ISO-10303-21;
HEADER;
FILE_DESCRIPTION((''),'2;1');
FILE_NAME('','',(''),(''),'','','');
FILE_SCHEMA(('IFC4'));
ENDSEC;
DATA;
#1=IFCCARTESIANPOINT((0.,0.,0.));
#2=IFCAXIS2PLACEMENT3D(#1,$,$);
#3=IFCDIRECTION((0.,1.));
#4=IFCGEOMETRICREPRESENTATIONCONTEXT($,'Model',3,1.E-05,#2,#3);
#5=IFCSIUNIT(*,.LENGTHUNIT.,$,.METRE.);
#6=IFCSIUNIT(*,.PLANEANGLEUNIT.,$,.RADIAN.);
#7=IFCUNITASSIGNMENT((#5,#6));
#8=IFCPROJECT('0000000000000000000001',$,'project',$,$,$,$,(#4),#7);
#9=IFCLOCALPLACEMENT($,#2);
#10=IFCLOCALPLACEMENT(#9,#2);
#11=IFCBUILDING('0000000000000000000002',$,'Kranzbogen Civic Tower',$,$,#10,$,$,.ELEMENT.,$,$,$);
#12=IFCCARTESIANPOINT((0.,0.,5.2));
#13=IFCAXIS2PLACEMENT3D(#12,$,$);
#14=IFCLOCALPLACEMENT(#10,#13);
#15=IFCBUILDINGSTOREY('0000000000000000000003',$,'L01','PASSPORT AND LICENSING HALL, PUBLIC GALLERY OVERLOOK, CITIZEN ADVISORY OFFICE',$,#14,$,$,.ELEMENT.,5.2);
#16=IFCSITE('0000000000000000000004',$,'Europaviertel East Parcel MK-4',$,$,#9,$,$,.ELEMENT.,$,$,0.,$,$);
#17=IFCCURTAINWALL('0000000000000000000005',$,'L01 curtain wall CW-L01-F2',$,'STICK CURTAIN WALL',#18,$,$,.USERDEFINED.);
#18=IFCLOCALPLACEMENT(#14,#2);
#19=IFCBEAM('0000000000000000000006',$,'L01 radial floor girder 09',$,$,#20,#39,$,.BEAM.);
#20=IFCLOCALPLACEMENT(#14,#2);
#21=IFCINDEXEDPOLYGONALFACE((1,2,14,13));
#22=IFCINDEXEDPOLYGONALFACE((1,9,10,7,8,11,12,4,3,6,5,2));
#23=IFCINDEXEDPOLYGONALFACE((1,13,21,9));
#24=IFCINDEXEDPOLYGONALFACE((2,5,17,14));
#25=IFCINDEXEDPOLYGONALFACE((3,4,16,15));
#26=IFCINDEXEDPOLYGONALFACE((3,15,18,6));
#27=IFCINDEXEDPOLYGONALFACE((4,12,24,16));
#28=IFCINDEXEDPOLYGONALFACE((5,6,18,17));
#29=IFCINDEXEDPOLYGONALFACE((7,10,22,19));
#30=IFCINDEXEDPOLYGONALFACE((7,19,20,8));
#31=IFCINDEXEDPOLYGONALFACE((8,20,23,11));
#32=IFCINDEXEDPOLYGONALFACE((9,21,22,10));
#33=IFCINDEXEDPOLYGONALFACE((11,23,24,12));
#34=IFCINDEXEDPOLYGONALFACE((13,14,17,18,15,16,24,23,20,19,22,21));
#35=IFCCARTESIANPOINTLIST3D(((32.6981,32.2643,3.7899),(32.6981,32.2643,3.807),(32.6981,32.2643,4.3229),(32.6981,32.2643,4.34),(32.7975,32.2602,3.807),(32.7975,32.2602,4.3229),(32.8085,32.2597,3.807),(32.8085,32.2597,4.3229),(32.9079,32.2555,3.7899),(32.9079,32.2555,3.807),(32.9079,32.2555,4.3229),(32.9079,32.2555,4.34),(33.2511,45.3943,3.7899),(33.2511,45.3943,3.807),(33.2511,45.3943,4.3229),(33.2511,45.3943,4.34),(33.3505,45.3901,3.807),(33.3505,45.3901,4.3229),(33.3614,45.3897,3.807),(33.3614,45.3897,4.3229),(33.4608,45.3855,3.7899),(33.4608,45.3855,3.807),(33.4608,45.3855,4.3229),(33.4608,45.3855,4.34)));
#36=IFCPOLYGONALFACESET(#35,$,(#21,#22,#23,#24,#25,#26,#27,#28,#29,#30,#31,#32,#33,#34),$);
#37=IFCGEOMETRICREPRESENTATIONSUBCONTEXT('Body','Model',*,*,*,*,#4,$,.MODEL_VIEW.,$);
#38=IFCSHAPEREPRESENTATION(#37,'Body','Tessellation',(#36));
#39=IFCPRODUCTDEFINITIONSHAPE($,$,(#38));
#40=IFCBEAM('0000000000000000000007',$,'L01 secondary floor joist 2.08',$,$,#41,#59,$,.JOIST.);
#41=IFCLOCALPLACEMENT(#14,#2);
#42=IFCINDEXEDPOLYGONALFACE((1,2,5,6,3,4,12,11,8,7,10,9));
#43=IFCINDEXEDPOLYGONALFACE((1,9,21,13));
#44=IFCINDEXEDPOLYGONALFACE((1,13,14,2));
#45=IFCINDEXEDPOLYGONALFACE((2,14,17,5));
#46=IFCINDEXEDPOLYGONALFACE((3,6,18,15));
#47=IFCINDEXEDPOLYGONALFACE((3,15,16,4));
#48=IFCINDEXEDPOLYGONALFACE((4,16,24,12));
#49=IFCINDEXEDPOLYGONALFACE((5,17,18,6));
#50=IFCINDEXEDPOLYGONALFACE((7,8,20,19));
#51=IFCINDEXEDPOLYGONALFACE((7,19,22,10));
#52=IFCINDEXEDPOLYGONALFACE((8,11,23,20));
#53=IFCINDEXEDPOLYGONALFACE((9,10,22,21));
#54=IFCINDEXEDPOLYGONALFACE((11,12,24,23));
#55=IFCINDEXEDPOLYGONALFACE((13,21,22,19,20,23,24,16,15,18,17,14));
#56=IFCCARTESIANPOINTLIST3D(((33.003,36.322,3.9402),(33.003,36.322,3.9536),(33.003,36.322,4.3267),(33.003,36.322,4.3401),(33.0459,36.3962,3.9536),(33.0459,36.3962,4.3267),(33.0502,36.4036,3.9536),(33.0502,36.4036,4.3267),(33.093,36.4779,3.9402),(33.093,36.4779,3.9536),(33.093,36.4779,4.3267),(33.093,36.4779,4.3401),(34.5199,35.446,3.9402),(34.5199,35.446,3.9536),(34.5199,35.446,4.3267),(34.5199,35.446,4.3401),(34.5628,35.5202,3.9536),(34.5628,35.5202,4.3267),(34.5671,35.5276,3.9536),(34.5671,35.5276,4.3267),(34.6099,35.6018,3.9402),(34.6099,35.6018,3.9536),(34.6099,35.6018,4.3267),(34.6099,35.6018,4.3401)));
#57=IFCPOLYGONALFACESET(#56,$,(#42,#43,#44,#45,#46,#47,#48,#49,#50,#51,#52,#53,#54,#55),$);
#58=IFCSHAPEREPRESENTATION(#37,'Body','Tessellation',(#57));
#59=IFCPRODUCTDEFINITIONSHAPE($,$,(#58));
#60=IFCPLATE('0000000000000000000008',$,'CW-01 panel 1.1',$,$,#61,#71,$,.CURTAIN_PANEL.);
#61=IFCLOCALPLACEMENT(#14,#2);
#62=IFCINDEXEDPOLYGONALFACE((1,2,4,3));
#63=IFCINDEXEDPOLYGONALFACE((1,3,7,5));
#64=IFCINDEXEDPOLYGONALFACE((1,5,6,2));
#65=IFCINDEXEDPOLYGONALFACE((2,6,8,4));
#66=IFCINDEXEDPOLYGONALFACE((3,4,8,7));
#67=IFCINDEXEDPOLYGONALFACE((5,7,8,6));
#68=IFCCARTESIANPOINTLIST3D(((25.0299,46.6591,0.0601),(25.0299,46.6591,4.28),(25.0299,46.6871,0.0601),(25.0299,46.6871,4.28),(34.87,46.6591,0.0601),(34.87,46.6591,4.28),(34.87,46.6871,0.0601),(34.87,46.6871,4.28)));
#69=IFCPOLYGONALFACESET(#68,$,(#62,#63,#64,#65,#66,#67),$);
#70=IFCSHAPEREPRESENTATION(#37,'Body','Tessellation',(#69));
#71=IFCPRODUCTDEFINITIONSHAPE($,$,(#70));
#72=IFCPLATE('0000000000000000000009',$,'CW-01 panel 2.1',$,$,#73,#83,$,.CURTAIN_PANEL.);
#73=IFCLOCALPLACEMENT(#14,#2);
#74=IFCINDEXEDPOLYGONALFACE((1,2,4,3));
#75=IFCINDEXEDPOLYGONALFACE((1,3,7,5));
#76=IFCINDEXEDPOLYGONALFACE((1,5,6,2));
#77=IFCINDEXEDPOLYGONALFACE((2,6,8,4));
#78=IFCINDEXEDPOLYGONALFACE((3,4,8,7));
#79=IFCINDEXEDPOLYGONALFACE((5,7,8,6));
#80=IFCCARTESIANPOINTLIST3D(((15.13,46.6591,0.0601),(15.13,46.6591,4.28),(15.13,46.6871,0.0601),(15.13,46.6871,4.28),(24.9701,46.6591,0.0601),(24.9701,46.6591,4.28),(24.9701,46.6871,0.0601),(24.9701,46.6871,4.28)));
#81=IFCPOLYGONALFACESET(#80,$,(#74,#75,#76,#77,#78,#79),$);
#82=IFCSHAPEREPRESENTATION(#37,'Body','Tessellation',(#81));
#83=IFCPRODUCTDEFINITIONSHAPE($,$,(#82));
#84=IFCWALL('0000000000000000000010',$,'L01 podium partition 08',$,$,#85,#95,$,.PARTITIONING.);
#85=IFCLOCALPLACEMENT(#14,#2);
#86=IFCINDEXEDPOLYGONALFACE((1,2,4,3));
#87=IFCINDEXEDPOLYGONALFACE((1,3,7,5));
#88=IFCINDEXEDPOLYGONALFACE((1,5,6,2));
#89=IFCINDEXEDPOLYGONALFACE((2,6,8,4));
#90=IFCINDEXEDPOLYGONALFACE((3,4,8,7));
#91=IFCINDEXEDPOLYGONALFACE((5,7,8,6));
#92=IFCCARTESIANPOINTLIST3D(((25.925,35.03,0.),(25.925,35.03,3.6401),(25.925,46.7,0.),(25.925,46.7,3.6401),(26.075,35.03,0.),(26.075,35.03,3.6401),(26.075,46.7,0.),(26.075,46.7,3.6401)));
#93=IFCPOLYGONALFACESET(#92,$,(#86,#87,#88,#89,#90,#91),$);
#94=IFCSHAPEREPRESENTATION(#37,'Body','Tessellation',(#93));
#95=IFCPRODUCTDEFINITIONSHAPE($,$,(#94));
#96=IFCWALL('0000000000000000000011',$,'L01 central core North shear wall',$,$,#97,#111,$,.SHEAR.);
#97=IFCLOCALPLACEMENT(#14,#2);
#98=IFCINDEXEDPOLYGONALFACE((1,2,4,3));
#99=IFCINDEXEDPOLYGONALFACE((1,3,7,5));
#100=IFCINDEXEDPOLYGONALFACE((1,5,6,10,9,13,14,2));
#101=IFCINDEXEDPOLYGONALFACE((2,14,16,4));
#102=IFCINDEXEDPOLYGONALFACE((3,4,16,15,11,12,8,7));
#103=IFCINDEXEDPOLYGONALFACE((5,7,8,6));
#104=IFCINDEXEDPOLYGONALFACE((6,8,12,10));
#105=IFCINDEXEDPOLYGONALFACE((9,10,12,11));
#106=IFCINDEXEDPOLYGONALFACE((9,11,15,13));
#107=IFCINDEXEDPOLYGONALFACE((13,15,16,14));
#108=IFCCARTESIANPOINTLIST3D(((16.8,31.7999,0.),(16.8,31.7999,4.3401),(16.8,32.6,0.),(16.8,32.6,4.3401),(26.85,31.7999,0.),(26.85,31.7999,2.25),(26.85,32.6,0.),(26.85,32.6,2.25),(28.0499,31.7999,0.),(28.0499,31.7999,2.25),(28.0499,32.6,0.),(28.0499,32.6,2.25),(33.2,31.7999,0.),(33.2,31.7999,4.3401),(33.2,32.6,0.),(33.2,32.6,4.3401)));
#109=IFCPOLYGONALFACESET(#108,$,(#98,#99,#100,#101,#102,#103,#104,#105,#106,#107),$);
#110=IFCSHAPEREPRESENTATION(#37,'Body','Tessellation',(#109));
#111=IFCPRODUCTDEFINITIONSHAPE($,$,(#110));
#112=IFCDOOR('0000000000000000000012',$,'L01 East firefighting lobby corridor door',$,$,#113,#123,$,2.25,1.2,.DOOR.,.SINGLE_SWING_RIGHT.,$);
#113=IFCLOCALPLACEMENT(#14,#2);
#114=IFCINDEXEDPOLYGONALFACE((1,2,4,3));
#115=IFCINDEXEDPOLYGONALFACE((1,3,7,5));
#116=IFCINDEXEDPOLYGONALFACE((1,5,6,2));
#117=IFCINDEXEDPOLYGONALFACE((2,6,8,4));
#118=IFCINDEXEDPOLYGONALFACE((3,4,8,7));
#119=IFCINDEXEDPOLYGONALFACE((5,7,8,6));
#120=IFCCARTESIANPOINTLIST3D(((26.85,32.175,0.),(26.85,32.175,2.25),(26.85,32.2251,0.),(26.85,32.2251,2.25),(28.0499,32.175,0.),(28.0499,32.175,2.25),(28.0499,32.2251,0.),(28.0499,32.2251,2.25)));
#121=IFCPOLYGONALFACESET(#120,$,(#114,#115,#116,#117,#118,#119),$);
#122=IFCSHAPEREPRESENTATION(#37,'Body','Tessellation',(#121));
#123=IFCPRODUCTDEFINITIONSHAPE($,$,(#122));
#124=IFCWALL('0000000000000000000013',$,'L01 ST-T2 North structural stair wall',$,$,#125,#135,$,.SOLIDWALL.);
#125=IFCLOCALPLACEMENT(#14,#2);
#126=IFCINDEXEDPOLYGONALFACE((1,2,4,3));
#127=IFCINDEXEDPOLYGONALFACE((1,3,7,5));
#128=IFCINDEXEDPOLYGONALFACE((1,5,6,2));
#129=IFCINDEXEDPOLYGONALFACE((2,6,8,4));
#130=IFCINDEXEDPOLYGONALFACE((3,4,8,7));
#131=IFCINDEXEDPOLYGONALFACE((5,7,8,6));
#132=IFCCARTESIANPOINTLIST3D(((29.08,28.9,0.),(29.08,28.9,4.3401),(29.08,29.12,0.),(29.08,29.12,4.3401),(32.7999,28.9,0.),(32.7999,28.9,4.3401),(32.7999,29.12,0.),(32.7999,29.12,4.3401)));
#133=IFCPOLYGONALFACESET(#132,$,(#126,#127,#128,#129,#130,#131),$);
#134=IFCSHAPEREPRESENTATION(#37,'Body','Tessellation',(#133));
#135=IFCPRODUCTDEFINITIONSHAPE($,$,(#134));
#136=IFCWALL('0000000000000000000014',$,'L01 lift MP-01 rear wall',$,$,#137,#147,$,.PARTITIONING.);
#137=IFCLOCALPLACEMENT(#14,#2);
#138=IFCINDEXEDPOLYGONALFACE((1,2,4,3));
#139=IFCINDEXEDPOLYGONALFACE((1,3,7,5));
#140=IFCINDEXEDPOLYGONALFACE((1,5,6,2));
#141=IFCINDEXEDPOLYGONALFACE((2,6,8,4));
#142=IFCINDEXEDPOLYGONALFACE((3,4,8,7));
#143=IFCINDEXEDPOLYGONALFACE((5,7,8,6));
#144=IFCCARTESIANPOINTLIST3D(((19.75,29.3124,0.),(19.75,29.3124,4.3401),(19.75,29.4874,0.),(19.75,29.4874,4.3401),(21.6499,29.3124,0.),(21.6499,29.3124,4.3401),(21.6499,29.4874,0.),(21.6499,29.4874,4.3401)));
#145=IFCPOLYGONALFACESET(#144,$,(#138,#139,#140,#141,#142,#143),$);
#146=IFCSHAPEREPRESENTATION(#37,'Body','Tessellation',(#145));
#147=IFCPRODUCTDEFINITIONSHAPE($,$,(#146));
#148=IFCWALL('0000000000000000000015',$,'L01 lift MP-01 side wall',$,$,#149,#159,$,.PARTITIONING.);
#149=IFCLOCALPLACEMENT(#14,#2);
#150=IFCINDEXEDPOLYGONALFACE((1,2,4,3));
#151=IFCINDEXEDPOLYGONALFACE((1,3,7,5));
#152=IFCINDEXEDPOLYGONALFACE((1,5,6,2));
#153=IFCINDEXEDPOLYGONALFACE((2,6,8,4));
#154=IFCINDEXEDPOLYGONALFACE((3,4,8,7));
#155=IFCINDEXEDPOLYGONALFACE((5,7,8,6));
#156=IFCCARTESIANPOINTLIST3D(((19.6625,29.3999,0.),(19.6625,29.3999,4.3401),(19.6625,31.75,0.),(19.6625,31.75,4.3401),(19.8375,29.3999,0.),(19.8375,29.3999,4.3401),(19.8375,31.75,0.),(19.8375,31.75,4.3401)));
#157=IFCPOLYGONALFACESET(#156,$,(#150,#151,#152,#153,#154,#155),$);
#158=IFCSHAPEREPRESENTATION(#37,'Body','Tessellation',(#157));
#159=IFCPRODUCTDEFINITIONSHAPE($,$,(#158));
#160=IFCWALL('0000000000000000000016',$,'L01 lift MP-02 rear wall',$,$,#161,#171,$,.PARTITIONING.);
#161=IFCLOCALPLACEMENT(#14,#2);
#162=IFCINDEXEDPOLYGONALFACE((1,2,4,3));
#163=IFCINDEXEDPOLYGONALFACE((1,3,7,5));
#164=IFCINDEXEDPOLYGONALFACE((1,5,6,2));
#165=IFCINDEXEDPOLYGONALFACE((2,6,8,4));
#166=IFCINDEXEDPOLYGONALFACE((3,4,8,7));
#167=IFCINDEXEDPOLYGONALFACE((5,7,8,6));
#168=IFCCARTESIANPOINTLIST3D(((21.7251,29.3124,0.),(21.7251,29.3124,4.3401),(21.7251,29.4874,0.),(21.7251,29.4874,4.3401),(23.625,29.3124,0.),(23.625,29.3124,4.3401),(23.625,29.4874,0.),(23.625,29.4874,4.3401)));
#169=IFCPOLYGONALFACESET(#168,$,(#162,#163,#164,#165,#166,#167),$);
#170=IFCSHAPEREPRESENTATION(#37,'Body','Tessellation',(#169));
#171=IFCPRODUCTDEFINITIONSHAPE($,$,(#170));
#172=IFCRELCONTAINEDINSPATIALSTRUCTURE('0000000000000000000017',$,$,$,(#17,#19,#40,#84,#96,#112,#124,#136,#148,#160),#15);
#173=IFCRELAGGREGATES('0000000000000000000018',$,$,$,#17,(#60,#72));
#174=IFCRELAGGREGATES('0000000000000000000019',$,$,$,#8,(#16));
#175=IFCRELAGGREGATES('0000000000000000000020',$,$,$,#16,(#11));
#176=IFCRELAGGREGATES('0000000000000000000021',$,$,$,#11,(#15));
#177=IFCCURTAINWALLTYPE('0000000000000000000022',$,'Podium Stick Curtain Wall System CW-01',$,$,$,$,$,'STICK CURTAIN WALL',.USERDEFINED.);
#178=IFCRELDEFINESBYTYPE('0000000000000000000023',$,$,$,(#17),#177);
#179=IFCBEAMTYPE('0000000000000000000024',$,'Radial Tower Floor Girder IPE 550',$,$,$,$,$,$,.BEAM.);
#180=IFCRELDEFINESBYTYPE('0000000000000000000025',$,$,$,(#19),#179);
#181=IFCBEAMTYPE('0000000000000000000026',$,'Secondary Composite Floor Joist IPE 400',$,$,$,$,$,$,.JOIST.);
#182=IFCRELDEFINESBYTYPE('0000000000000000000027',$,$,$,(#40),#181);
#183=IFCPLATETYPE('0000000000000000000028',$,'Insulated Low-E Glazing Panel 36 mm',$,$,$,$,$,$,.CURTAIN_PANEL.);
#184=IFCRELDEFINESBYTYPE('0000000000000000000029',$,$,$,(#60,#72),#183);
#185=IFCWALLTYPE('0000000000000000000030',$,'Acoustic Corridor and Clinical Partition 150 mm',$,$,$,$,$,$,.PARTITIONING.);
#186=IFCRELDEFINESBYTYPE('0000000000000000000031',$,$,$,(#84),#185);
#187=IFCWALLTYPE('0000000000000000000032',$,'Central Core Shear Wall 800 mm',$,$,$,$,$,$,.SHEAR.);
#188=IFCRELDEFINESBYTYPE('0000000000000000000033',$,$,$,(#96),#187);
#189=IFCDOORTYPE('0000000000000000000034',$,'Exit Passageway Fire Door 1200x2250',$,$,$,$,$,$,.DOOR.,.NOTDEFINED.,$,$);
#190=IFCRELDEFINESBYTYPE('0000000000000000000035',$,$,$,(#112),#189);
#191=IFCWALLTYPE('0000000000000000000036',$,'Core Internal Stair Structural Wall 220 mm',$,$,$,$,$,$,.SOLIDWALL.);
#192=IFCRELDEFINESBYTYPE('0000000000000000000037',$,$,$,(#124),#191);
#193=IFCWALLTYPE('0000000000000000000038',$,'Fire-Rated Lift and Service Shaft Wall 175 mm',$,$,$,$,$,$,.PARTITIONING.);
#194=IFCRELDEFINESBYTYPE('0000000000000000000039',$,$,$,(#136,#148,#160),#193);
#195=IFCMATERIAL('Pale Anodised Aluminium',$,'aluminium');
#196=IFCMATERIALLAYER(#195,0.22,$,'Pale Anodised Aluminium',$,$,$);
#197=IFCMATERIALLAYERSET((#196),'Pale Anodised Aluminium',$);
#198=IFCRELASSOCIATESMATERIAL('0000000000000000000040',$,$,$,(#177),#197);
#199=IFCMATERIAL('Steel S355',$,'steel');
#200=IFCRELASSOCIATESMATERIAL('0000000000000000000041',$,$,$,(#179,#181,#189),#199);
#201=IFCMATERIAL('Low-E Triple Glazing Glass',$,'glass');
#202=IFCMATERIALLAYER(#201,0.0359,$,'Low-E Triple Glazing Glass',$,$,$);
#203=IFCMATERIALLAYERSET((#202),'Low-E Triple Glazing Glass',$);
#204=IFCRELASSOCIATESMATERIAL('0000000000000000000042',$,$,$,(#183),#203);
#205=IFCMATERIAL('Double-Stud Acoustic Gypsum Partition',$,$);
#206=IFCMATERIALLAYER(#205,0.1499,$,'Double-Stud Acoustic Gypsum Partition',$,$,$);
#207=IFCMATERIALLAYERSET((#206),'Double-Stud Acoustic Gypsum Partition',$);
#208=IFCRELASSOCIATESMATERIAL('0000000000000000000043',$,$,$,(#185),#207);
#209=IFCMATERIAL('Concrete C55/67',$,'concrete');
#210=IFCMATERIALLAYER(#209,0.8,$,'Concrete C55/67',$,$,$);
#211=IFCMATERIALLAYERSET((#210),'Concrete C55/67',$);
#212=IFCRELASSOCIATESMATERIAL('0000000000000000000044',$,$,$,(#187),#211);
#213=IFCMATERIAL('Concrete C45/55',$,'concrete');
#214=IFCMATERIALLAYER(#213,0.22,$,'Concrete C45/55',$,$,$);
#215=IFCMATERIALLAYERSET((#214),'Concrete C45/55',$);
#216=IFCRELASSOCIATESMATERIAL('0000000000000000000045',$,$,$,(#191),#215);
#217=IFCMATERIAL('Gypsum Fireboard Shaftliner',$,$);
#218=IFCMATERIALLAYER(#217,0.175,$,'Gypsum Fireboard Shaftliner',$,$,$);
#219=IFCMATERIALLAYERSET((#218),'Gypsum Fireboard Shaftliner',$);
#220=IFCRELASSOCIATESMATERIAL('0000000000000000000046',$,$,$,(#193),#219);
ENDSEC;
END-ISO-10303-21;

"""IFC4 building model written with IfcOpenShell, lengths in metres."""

from ifc_helpers import new_model, si_unit, direction, frame, frame_2d, origin, origin_2d, place, context, subcontext, project, spatial, rectangle, i_section, extrude, material, layer, layer_set, material_profile, profile_set, type_object, element, fill, aggregate, save


model = new_model("IFC4")

# Units and contexts
model_context = context("Model", 3, precision=1e-05, world=origin(), true_north=direction((0.0, 1.0)))
body_context = subcontext(model_context, "Body", "Model", "MODEL_VIEW")
ifc_project = project(units=[si_unit("LENGTHUNIT", "METRE"), si_unit("PLANEANGLEUNIT", "RADIAN")], contexts=[model_context])

# Site, building, storey
site_placement = place(None, origin())
site = spatial("IfcSite", under=ifc_project, at=site_placement, Name="Europaviertel East Parcel MK-4", CompositionType="ELEMENT", RefElevation=0.0)
building_placement = place(site_placement, origin())
building = spatial("IfcBuilding", under=site, at=building_placement, Name="Kranzbogen Civic Tower", CompositionType="ELEMENT")
storey_placement = place(building_placement, frame((0.0, 0.0, 5.2)))
storey = spatial("IfcBuildingStorey", under=building, at=storey_placement, Name="L01", Description="PASSPORT AND LICENSING HALL, PUBLIC GALLERY OVERLOOK, CITIZEN ADVISORY OFFICE", CompositionType="ELEMENT", Elevation=5.2)

# Shared definitions
ifc_material_1 = material(Name="Concrete C45/55", Category="concrete")

# Shared definitions
ifc_material_2 = material(Name="Pale Anodised Aluminium", Category="aluminium")

# Curtain wall
ifc_layer_1 = layer(ifc_material_2, 0.22, Name="Pale Anodised Aluminium")
ifc_layer_set_1 = layer_set([ifc_layer_1], Name="Pale Anodised Aluminium")
curtain_wall_type_1 = type_object("IfcCurtainWallType", Name="Podium Stick Curtain Wall System CW-01", ElementType="STICK CURTAIN WALL", PredefinedType="USERDEFINED", material=ifc_layer_set_1)
curtain_wall_1_placement = place(storey_placement, origin())
curtain_wall_1 = element("IfcCurtainWall", 1, at=curtain_wall_1_placement, inside=storey, type_object=curtain_wall_type_1, Name="L01 curtain wall CW-L01-F2", ObjectType="STICK CURTAIN WALL", PredefinedType="USERDEFINED")

# Beams
ifc_material_3 = material(Name="Steel S355", Category="steel")
ifc_material_profile_1 = material_profile(ifc_material_3, i_section(OverallWidth=0.21, OverallDepth=0.55, WebThickness=0.011, FlangeThickness=0.0171, at=origin_2d()), Name="IPE 550")
ifc_profile_set_1 = profile_set([ifc_material_profile_1], Name="Steel S355")
beam_type_1 = type_object("IfcBeamType", Name="Radial Tower Floor Girder IPE 550", PredefinedType="BEAM", material=ifc_profile_set_1)
beam_1_placement = place(storey_placement, frame((33.356, 45.3899, 4.0649), z_axis=(-0.042079, -0.999114, 0.0), x_axis=(0.999114, -0.042079, 0.0)))
element("IfcBeam", 2, at=beam_1_placement, inside=storey, type_object=beam_type_1, Name="L01 radial floor girder 09", PredefinedType="BEAM", context=body_context, shape_type="SweptSolid", body=[
    extrude(i_section(OverallWidth=0.21, OverallDepth=0.55, WebThickness=0.011, FlangeThickness=0.0171, at=origin_2d()), origin(), (0.0, 0.0, 1.0), 13.1416),
])
ifc_material_profile_2 = material_profile(ifc_material_3, i_section(OverallWidth=0.1799, OverallDepth=0.3999, WebThickness=0.0085, FlangeThickness=0.0134, at=origin_2d()), Name="IPE 400")
ifc_profile_set_2 = profile_set([ifc_material_profile_2], Name="Steel S355")
beam_type_2 = type_object("IfcBeamType", Name="Secondary Composite Floor Joist IPE 400", PredefinedType="JOIST", material=ifc_profile_set_2)
beam_2_placement = place(storey_placement, frame((34.5649, 35.5239, 4.1401), z_axis=(-0.86597, 0.500096, 0.0), x_axis=(-0.500096, -0.86597, 0.0)))
element("IfcBeam", 3, at=beam_2_placement, inside=storey, type_object=beam_type_2, Name="L01 secondary floor joist 2.08", PredefinedType="JOIST", context=body_context, shape_type="SweptSolid", body=[
    extrude(i_section(OverallWidth=0.1799, OverallDepth=0.3999, WebThickness=0.0085, FlangeThickness=0.0134, at=origin_2d()), origin(), (0.0, 0.0, 1.0), 1.7517),
])

# Plates
ifc_material_4 = material(Name="Low-E Triple Glazing Glass", Category="glass")
ifc_layer_2 = layer(ifc_material_4, 0.0359, Name="Low-E Triple Glazing Glass")
ifc_layer_set_2 = layer_set([ifc_layer_2], Name="Low-E Triple Glazing Glass")
plate_type = type_object("IfcPlateType", Name="Insulated Low-E Glazing Panel 36 mm", PredefinedType="CURTAIN_PANEL", material=ifc_layer_set_2)
plate_1_placement = place(storey_placement, frame((29.95, 46.6731, 0.0601), z_axis=(0.0, 0.0, 1.0), x_axis=(-1.0, 0.0, 0.0)))
plate_1 = element("IfcPlate", 4, at=plate_1_placement, type_object=plate_type, Name="CW-01 panel 1.1", PredefinedType="CURTAIN_PANEL", context=body_context, shape_type="SweptSolid", body=[
    extrude(rectangle(XDim=9.8401, YDim=0.0281, at=origin_2d()), origin(), (0.0, 0.0, 1.0), 4.22),
])
plate_2_placement = place(storey_placement, frame((20.05, 46.6731, 0.0601), z_axis=(0.0, 0.0, 1.0), x_axis=(-1.0, 0.0, 0.0)))
plate_2 = element("IfcPlate", 5, at=plate_2_placement, type_object=plate_type, Name="CW-01 panel 2.1", PredefinedType="CURTAIN_PANEL", context=body_context, shape_type="SweptSolid", body=[
    extrude(rectangle(XDim=9.8401, YDim=0.0281, at=origin_2d()), origin(), (0.0, 0.0, 1.0), 4.22),
])
aggregate(curtain_wall_1, [plate_1, plate_2])

# Wall
ifc_material_5 = material(Name="Double-Stud Acoustic Gypsum Partition")
ifc_layer_3 = layer(ifc_material_5, 0.1499, Name="Double-Stud Acoustic Gypsum Partition")
ifc_layer_set_3 = layer_set([ifc_layer_3], Name="Double-Stud Acoustic Gypsum Partition")
wall_type_1 = type_object("IfcWallType", Name="Acoustic Corridor and Clinical Partition 150 mm", PredefinedType="PARTITIONING", material=ifc_layer_set_3)
wall_1_placement = place(storey_placement, frame((26.0, 35.03, 0.0), z_axis=(0.0, 0.0, 1.0), x_axis=(0.0, 1.0, 0.0)))
element("IfcWall", 6, at=wall_1_placement, inside=storey, type_object=wall_type_1, Name="L01 podium partition 08", PredefinedType="PARTITIONING", context=body_context, shape_type="SweptSolid", body=[
    extrude(rectangle(XDim=11.6699, YDim=0.1499, at=frame_2d((5.835, 0.0))), origin(), (0.0, 0.0, 1.0), 3.6401),
])

# Wall, opening, door
ifc_material_6 = material(Name="Concrete C55/67", Category="concrete")
ifc_layer_4 = layer(ifc_material_6, 0.8, Name="Concrete C55/67")
ifc_layer_set_4 = layer_set([ifc_layer_4], Name="Concrete C55/67")
wall_type_2 = type_object("IfcWallType", Name="Central Core Shear Wall 800 mm", PredefinedType="SHEAR", material=ifc_layer_set_4)
wall_2_placement = place(storey_placement, frame((33.2, 32.2, 0.0), z_axis=(0.0, 0.0, 1.0), x_axis=(-1.0, 0.0, 0.0)))
wall_2 = element("IfcWall", 7, at=wall_2_placement, inside=storey, type_object=wall_type_2, Name="L01 central core North shear wall", PredefinedType="SHEAR", context=body_context, shape_type="SweptSolid", body=[
    extrude(rectangle(XDim=16.3999, YDim=0.8, at=frame_2d((8.2, 0.0))), origin(), (0.0, 0.0, 1.0), 4.3401),
])
opening_1_placement = place(wall_2_placement, frame((5.1499, 0.0, 0.0)))
opening_1 = element("IfcOpeningElement", 8, at=opening_1_placement, cuts=wall_2, PredefinedType="OPENING", context=body_context, shape_type="SweptSolid", body=[
    extrude(rectangle(XDim=1.2, YDim=2.25, at=frame_2d((0.6001, 1.125))), frame((0.0, 0.4102, 0.0), z_axis=(0.0, -1.0, 0.0), x_axis=(1.0, 0.0, 0.0)), (0.0, 0.0, 1.0), 0.8201),
])
door_type_1 = type_object("IfcDoorType", Name="Exit Passageway Fire Door 1200x2250", OperationType="NOTDEFINED", PredefinedType="DOOR", material=ifc_material_3)
door_1_placement = place(opening_1_placement, origin())
door_1 = element("IfcDoor", 9, at=door_1_placement, inside=storey, type_object=door_type_1, Name="L01 East firefighting lobby corridor door", OperationType="SINGLE_SWING_RIGHT", OverallHeight=2.25, OverallWidth=1.2, PredefinedType="DOOR", context=body_context, shape_type="SweptSolid", body=[
    extrude(rectangle(XDim=1.2, YDim=2.25, at=frame_2d((0.6001, 1.125))), frame((0.0, 0.0249, 0.0), z_axis=(0.0, -1.0, 0.0), x_axis=(1.0, 0.0, 0.0)), (0.0, 0.0, 1.0), 0.05),
])
fill(opening_1, door_1)

# Walls
ifc_layer_5 = layer(ifc_material_1, 0.22, Name="Concrete C45/55")
ifc_layer_set_5 = layer_set([ifc_layer_5], Name="Concrete C45/55")
wall_type_3 = type_object("IfcWallType", Name="Core Internal Stair Structural Wall 220 mm", PredefinedType="SOLIDWALL", material=ifc_layer_set_5)
wall_3_placement = place(storey_placement, frame((29.0801, 29.01, 0.0), z_axis=(0.0, 0.0, 1.0), x_axis=(1.0, 0.0, 0.0)))
element("IfcWall", 10, at=wall_3_placement, inside=storey, type_object=wall_type_3, Name="L01 ST-T2 North structural stair wall", PredefinedType="SOLIDWALL", context=body_context, shape_type="SweptSolid", body=[
    extrude(rectangle(XDim=3.72, YDim=0.22, at=frame_2d((1.8599, 0.0))), origin(), (0.0, 0.0, 1.0), 4.3401),
])
ifc_material_7 = material(Name="Gypsum Fireboard Shaftliner")
ifc_layer_6 = layer(ifc_material_7, 0.175, Name="Gypsum Fireboard Shaftliner")
ifc_layer_set_6 = layer_set([ifc_layer_6], Name="Gypsum Fireboard Shaftliner")
wall_type_4 = type_object("IfcWallType", Name="Fire-Rated Lift and Service Shaft Wall 175 mm", PredefinedType="PARTITIONING", material=ifc_layer_set_6)
wall_4_placement = place(storey_placement, frame((19.75, 29.3999, 0.0), z_axis=(0.0, 0.0, 1.0), x_axis=(1.0, 0.0, 0.0)))
element("IfcWall", 11, at=wall_4_placement, inside=storey, type_object=wall_type_4, Name="L01 lift MP-01 rear wall", PredefinedType="PARTITIONING", context=body_context, shape_type="SweptSolid", body=[
    extrude(rectangle(XDim=1.8999, YDim=0.175, at=frame_2d((0.95, 0.0))), origin(), (0.0, 0.0, 1.0), 4.3401),
])
wall_5_placement = place(storey_placement, frame((19.75, 29.3999, 0.0), z_axis=(0.0, 0.0, 1.0), x_axis=(0.0, 1.0, 0.0)))
element("IfcWall", 12, at=wall_5_placement, inside=storey, type_object=wall_type_4, Name="L01 lift MP-01 side wall", PredefinedType="PARTITIONING", context=body_context, shape_type="SweptSolid", body=[
    extrude(rectangle(XDim=2.3501, YDim=0.175, at=frame_2d((1.175, 0.0))), origin(), (0.0, 0.0, 1.0), 4.3401),
])
wall_6_placement = place(storey_placement, frame((21.7251, 29.3999, 0.0), z_axis=(0.0, 0.0, 1.0), x_axis=(1.0, 0.0, 0.0)))
element("IfcWall", 13, at=wall_6_placement, inside=storey, type_object=wall_type_4, Name="L01 lift MP-02 rear wall", PredefinedType="PARTITIONING", context=body_context, shape_type="SweptSolid", body=[
    extrude(rectangle(XDim=1.8999, YDim=0.175, at=frame_2d((0.95, 0.0))), origin(), (0.0, 0.0, 1.0), 4.3401),
])

save(model, "model.ifc")
